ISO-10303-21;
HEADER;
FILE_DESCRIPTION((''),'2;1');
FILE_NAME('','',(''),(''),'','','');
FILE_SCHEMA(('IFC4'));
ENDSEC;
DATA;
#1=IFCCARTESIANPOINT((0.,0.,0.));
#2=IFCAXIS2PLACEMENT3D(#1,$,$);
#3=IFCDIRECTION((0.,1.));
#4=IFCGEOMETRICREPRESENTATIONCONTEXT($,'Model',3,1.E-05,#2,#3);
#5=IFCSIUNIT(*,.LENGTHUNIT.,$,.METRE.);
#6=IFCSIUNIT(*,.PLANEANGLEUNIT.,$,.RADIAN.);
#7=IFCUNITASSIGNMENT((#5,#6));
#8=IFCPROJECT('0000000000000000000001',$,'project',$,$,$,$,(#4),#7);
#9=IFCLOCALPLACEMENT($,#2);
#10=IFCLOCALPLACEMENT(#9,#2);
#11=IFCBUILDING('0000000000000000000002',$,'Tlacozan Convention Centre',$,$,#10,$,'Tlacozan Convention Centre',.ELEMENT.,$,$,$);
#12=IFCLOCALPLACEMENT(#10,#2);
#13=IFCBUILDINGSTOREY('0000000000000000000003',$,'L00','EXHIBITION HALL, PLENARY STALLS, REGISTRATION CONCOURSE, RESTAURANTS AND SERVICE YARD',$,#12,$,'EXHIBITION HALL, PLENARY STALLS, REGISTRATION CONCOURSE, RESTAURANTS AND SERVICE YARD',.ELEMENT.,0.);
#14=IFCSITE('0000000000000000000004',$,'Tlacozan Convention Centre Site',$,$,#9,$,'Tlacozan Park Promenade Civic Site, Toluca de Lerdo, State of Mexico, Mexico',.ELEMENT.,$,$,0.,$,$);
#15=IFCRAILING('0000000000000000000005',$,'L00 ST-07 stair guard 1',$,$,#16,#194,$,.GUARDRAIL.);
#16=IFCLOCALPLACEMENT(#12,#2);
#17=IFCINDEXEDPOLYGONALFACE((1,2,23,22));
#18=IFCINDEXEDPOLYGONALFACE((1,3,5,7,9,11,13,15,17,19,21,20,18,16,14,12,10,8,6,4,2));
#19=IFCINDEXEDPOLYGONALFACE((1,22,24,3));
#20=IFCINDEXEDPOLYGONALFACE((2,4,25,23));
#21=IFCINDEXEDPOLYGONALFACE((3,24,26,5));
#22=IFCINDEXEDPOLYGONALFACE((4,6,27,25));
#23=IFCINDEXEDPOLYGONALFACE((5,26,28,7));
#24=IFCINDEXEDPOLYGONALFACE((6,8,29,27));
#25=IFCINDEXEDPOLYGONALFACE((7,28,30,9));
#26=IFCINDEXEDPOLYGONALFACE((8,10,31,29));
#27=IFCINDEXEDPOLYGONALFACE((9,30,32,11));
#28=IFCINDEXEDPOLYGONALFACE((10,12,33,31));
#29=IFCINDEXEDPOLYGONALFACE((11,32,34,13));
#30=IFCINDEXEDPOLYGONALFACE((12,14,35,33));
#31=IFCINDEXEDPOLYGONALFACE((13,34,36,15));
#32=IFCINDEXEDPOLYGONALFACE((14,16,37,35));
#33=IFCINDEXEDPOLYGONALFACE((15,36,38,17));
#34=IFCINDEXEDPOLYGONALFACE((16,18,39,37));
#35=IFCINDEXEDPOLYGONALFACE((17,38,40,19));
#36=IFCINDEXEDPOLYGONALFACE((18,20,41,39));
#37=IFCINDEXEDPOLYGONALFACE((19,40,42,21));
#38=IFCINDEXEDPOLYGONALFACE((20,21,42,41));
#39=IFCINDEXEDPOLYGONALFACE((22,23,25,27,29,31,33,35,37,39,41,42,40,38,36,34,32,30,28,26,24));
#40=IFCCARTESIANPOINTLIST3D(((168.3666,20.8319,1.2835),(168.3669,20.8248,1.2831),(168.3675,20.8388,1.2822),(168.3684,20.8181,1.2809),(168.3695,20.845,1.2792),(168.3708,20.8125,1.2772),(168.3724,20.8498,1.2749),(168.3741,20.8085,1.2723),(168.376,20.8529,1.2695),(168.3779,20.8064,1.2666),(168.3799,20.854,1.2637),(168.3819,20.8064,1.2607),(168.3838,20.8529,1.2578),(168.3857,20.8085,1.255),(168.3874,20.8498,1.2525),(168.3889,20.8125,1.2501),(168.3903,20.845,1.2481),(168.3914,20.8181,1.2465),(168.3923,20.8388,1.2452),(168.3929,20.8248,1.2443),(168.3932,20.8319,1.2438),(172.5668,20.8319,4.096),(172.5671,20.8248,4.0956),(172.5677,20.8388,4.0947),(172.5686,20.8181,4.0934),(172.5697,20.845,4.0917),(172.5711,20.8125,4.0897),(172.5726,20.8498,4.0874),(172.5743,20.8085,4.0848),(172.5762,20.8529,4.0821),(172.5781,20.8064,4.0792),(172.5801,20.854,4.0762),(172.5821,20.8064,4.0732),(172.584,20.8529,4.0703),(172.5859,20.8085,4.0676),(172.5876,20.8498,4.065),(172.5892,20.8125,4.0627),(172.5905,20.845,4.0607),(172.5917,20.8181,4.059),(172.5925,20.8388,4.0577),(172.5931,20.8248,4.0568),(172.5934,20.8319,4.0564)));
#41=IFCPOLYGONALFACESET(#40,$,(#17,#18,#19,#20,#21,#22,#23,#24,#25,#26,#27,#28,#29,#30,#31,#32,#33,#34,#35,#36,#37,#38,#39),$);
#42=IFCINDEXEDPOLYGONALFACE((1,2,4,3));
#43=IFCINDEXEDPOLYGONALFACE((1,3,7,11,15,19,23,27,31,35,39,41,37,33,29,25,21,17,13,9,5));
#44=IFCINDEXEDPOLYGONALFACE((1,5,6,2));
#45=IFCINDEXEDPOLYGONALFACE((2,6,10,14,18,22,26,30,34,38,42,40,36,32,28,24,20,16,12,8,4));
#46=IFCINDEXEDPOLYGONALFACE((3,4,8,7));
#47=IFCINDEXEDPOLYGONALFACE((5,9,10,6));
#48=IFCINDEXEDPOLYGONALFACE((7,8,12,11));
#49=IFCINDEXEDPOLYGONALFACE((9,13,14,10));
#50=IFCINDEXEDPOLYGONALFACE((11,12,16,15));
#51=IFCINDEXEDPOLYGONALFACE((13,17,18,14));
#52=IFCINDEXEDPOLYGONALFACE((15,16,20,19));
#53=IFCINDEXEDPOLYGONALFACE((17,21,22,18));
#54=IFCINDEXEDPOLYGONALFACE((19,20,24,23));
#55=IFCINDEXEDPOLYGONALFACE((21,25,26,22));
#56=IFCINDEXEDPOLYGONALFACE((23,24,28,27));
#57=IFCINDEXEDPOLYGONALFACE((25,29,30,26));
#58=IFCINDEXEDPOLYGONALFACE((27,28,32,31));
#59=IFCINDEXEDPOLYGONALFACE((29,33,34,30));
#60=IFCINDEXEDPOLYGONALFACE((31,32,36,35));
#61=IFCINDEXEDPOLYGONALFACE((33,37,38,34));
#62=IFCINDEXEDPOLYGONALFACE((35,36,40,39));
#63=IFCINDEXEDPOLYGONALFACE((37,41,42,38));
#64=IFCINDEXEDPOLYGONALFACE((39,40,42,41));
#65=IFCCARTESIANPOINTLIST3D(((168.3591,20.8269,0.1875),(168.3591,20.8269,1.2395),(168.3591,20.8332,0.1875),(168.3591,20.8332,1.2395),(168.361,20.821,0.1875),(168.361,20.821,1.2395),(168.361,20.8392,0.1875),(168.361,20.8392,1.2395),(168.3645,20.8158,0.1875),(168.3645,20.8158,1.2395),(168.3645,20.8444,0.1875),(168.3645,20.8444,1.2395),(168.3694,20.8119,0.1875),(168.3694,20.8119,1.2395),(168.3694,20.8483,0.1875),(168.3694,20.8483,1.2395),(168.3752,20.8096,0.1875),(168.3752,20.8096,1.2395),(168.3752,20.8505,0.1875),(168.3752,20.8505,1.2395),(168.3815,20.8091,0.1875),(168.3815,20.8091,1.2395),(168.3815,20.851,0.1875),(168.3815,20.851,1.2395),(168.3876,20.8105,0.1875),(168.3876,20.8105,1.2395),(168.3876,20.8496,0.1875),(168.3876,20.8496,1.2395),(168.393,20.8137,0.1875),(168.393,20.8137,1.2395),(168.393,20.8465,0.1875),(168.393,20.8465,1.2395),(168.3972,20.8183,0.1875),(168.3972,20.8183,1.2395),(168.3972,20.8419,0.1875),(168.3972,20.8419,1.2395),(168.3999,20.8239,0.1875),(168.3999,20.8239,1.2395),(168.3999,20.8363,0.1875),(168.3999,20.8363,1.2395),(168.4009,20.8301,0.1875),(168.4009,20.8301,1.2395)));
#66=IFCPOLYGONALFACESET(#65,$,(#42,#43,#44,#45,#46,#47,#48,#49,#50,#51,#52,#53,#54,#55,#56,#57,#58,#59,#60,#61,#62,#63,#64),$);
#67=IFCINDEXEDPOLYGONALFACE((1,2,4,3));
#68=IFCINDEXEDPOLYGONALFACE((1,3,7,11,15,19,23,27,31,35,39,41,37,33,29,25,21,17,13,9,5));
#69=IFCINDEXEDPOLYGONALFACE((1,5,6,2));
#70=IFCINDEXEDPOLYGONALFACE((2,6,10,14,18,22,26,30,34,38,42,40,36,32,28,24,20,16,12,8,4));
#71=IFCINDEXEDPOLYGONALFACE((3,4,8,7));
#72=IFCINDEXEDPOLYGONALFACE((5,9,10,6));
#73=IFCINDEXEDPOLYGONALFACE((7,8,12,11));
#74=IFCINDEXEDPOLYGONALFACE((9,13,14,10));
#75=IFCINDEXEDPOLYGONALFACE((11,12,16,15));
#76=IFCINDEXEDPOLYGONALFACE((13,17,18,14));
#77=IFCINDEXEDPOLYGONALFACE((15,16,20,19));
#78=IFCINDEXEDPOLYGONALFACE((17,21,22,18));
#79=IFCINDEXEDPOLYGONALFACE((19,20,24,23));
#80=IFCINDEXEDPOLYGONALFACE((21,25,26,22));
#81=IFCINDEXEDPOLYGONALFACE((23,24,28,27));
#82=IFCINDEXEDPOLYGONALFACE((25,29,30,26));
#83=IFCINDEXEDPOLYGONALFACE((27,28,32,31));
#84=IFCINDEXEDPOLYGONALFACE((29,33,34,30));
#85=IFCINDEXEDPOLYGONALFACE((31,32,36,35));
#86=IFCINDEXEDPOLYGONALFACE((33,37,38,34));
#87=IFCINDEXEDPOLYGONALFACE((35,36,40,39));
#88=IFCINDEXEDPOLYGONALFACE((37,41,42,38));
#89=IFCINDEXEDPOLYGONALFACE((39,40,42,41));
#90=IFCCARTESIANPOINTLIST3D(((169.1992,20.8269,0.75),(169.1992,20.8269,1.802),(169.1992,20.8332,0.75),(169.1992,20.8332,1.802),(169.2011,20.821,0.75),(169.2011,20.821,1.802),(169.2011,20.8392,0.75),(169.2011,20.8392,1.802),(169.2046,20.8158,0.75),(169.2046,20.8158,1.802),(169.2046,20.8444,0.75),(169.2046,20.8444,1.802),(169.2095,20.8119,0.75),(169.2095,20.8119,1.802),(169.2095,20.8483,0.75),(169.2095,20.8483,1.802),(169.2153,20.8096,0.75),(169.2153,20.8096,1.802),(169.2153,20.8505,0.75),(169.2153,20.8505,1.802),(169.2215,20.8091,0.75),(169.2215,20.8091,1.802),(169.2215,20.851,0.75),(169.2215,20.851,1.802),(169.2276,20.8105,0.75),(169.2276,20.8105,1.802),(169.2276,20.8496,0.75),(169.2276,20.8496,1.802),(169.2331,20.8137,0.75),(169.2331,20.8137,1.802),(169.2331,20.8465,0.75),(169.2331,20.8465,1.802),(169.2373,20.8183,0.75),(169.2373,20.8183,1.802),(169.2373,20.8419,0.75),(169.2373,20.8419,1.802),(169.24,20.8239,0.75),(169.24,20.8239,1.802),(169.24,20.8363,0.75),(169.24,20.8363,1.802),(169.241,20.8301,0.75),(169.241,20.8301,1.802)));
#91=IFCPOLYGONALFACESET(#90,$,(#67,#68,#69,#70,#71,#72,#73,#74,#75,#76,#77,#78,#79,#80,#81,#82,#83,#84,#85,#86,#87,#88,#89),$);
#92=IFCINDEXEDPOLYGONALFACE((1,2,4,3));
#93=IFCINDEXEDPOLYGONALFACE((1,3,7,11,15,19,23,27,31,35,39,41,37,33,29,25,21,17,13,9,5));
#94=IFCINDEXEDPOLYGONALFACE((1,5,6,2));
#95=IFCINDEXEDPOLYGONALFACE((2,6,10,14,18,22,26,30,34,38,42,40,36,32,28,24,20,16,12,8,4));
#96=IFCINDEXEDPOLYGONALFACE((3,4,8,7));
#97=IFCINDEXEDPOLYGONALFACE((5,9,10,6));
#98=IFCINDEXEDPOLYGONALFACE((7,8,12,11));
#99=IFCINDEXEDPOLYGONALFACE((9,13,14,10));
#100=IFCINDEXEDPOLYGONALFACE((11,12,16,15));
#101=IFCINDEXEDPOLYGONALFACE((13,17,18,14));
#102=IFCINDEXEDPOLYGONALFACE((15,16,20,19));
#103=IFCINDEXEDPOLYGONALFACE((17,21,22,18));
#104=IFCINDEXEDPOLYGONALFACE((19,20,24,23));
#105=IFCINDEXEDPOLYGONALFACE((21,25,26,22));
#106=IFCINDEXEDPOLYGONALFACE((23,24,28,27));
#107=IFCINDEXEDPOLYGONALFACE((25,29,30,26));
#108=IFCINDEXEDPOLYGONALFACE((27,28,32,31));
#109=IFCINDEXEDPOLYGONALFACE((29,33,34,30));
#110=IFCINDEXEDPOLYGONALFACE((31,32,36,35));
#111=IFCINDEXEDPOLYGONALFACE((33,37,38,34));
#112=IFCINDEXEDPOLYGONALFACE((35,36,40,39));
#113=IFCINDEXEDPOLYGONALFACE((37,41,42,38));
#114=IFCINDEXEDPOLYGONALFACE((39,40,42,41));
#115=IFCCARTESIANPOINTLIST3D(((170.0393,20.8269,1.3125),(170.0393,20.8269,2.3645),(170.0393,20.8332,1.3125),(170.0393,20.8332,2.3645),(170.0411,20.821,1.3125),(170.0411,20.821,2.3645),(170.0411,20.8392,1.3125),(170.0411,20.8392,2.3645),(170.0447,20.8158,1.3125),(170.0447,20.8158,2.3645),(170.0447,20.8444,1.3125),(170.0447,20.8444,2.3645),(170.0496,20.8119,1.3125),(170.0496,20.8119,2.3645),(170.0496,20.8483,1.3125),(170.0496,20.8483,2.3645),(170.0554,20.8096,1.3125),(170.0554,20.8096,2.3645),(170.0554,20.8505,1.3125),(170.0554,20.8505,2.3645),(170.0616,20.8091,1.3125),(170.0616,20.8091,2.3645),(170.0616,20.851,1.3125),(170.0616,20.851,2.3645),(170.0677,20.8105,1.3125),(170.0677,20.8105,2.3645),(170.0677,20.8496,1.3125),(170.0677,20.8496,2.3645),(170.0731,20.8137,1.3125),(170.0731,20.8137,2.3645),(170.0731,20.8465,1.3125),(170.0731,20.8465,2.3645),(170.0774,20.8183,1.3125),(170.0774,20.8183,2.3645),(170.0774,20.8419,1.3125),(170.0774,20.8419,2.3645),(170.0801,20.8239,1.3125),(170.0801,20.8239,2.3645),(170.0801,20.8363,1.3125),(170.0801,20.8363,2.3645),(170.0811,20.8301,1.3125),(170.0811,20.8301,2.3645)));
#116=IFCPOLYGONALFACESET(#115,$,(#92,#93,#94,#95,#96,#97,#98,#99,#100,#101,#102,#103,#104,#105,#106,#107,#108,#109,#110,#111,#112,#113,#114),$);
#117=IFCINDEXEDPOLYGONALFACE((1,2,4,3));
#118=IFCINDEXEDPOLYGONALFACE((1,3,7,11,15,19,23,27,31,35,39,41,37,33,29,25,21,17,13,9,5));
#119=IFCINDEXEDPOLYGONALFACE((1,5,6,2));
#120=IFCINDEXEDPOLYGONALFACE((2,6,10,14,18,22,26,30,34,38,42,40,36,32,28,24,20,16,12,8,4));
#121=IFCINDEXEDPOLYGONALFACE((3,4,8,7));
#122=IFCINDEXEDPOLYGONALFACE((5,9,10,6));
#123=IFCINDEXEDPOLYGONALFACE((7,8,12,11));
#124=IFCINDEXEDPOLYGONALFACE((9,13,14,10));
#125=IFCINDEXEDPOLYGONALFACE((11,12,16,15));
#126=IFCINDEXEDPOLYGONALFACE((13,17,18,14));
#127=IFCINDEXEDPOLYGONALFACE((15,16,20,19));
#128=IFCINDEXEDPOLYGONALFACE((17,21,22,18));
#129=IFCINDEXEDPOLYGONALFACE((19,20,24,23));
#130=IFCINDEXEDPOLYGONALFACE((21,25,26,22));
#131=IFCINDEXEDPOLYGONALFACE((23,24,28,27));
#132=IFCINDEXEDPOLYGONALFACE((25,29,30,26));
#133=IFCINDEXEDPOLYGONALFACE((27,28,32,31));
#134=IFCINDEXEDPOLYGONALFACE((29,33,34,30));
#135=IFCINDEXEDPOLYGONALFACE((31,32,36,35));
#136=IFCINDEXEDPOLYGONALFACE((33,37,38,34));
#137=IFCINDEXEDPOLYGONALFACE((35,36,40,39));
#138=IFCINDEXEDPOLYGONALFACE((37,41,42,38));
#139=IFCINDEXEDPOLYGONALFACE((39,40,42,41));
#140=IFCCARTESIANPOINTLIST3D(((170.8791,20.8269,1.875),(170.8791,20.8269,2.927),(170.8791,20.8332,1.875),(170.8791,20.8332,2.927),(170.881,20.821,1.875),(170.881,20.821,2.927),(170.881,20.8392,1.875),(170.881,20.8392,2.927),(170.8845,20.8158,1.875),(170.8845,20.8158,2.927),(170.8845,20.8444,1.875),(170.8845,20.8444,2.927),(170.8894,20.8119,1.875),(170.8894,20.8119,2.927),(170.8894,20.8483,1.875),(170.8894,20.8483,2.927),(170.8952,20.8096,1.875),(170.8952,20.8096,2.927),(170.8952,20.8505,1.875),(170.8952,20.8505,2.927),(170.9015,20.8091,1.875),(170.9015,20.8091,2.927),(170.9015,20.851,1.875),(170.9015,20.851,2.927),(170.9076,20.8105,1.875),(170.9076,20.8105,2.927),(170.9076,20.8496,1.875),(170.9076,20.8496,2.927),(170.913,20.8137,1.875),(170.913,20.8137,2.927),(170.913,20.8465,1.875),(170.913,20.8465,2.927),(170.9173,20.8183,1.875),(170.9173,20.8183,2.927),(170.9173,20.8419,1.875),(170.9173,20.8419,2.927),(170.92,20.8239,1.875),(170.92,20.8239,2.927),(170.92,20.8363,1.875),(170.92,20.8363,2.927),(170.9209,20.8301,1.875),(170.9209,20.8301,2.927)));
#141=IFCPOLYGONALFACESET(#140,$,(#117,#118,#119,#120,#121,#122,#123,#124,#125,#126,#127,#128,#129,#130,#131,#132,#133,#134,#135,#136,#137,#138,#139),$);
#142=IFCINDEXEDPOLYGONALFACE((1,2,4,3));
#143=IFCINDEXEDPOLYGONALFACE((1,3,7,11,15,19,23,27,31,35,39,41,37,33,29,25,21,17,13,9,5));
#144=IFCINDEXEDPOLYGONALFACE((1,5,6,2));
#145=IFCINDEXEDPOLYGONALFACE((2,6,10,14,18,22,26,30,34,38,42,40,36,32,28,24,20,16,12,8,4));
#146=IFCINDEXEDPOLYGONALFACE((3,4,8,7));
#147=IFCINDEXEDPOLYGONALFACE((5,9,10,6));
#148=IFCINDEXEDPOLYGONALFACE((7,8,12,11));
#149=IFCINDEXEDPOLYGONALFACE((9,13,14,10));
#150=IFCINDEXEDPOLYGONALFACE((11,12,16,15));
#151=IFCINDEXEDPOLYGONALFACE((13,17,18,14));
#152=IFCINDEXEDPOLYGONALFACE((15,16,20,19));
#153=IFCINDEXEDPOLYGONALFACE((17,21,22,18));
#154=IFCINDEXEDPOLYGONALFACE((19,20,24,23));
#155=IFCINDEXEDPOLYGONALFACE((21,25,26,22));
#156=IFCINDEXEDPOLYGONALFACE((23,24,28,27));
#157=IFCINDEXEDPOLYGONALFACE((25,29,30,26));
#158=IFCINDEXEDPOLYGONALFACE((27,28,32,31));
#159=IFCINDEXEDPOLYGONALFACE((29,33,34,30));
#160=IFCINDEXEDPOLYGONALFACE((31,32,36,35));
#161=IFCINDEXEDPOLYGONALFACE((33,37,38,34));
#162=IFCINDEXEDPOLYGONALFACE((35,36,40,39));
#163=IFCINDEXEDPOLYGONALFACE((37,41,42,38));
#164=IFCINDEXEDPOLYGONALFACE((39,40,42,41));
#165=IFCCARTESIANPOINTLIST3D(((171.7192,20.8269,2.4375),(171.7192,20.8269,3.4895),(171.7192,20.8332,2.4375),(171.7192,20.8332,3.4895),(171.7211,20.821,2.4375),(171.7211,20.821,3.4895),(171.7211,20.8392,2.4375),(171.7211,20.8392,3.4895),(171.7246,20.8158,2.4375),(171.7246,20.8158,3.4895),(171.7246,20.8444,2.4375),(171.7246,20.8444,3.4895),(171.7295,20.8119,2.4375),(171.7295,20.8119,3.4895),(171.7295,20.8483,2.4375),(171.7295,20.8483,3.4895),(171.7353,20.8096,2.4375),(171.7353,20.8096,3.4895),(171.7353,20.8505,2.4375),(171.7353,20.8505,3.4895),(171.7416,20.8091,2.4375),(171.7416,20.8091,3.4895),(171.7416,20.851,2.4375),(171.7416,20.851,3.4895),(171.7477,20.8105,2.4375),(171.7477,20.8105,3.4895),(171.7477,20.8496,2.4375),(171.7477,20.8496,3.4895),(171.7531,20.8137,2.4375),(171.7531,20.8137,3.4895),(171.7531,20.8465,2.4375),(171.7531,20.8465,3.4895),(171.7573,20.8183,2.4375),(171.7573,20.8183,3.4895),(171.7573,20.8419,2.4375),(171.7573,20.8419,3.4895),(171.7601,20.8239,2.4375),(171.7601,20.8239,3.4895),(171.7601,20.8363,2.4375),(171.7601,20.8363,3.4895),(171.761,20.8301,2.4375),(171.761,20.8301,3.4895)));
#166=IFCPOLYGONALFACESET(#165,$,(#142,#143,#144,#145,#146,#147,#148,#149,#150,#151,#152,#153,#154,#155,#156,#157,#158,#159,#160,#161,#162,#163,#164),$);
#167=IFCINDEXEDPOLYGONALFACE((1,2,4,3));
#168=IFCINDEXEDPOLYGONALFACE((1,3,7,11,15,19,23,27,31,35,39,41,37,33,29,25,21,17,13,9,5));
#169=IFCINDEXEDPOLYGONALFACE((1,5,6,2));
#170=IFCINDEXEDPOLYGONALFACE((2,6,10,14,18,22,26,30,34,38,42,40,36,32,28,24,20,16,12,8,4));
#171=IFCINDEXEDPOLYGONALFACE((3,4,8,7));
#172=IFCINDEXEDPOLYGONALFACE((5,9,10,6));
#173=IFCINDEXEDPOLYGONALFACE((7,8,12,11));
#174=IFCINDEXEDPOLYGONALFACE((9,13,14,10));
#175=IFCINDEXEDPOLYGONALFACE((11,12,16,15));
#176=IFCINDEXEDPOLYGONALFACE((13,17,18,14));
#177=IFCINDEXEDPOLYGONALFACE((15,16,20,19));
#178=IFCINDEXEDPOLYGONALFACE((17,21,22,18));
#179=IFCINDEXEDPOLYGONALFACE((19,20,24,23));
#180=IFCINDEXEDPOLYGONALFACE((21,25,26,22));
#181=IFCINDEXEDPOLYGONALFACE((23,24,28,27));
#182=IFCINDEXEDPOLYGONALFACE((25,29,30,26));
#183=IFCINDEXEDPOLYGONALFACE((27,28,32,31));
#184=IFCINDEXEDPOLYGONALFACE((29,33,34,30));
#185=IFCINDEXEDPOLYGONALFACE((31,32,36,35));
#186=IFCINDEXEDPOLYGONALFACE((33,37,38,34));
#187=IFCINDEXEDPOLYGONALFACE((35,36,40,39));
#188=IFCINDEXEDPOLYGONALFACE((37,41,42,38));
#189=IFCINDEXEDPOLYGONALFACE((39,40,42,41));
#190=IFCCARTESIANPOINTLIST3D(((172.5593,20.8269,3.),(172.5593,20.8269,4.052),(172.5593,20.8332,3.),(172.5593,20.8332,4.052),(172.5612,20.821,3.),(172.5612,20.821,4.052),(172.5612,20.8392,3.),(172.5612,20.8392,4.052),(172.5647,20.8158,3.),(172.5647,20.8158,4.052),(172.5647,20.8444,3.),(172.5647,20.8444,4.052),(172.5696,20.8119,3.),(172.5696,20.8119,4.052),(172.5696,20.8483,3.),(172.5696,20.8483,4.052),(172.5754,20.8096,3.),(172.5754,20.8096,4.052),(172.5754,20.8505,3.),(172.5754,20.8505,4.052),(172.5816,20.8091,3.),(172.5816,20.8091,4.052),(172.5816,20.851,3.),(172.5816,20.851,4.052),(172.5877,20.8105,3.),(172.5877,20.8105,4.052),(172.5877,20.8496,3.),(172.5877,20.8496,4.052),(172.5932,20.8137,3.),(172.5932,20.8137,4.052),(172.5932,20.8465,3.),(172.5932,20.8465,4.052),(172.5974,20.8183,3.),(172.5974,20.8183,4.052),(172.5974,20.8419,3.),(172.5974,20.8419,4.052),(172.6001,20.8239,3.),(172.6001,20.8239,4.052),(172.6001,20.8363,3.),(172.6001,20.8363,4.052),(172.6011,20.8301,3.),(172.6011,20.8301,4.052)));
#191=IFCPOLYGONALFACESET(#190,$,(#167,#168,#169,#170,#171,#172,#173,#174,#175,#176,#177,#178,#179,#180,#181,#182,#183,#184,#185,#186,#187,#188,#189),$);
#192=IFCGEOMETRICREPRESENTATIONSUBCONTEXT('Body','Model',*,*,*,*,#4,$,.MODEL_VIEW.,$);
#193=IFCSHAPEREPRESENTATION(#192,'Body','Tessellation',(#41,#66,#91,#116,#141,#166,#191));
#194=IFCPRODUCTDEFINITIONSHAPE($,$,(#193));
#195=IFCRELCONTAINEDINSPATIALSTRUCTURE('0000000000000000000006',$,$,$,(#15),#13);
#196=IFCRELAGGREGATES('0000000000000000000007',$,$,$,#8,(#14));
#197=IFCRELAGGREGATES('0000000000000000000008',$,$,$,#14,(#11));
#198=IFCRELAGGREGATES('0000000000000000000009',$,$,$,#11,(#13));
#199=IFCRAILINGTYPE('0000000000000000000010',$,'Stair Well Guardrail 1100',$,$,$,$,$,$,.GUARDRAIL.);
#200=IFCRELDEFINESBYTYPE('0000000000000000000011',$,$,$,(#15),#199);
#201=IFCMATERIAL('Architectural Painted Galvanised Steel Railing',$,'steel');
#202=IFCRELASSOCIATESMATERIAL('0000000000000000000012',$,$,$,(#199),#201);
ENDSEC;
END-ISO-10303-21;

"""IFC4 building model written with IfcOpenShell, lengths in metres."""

from ifc_helpers import new_model, si_unit, direction, frame, origin, origin_2d, place, context, subcontext, project, spatial, circle, extrude, material, type_object, element, save


model = new_model("IFC4")

# Units and contexts
model_context = context("Model", 3, precision=1e-05, world=origin(), true_north=direction((0.0, 1.0)))
body_context = subcontext(model_context, "Body", "Model", "MODEL_VIEW")
ifc_project = project(units=[si_unit("LENGTHUNIT", "METRE"), si_unit("PLANEANGLEUNIT", "RADIAN")], contexts=[model_context])

# Site, building, storey
site_placement = place(None, origin())
site = spatial("IfcSite", under=ifc_project, at=site_placement, Name="Tlacozan Convention Centre Site", LongName="Tlacozan Park Promenade Civic Site, Toluca de Lerdo, State of Mexico, Mexico", CompositionType="ELEMENT", RefElevation=0.0)
building_placement = place(site_placement, origin())
building = spatial("IfcBuilding", under=site, at=building_placement, Name="Tlacozan Convention Centre", LongName="Tlacozan Convention Centre", CompositionType="ELEMENT")
storey_placement = place(building_placement, origin())
storey = spatial("IfcBuildingStorey", under=building, at=storey_placement, Name="L00", Description="EXHIBITION HALL, PLENARY STALLS, REGISTRATION CONCOURSE, RESTAURANTS AND SERVICE YARD", LongName="EXHIBITION HALL, PLENARY STALLS, REGISTRATION CONCOURSE, RESTAURANTS AND SERVICE YARD", CompositionType="ELEMENT", Elevation=0.0)

# Railing
ifc_material_1 = material(Name="Architectural Painted Galvanised Steel Railing", Category="steel")
railing_type_1 = type_object("IfcRailingType", Name="Stair Well Guardrail 1100", PredefinedType="GUARDRAIL", material=ifc_material_1)
railing_1_placement = place(storey_placement, frame((168.3799, 20.8301, 0.1875)))
element("IfcRailing", 1, at=railing_1_placement, inside=storey, type_object=railing_type_1, Name="L00 ST-07 stair guard 1", PredefinedType="GUARDRAIL", context=body_context, shape_type="SweptSolid", body=[
    extrude(circle(Radius=0.0239, at=origin_2d()), frame((0.0, 0.0, 1.0762), z_axis=(0.830919, 0.0, 0.556393), x_axis=(0.0, 1.0, 0.0)), (0.0, 0.0, 1.0), 5.0549),
    extrude(circle(Radius=0.021, at=origin_2d()), origin(), (0.0, 0.0, 1.0), 1.052),
    extrude(circle(Radius=0.021, at=origin_2d()), frame((0.8401, 0.0, 0.5625)), (0.0, 0.0, 1.0), 1.052),
    extrude(circle(Radius=0.021, at=origin_2d()), frame((1.6802, 0.0, 1.125)), (0.0, 0.0, 1.0), 1.052),
    extrude(circle(Radius=0.021, at=origin_2d()), frame((2.52, 0.0, 1.6875)), (0.0, 0.0, 1.0), 1.052),
    extrude(circle(Radius=0.021, at=origin_2d()), frame((3.3601, 0.0, 2.25)), (0.0, 0.0, 1.0), 1.052),
    extrude(circle(Radius=0.021, at=origin_2d()), frame((4.2002, 0.0, 2.8125)), (0.0, 0.0, 1.0), 1.052),
])

save(model, "model.ifc")
